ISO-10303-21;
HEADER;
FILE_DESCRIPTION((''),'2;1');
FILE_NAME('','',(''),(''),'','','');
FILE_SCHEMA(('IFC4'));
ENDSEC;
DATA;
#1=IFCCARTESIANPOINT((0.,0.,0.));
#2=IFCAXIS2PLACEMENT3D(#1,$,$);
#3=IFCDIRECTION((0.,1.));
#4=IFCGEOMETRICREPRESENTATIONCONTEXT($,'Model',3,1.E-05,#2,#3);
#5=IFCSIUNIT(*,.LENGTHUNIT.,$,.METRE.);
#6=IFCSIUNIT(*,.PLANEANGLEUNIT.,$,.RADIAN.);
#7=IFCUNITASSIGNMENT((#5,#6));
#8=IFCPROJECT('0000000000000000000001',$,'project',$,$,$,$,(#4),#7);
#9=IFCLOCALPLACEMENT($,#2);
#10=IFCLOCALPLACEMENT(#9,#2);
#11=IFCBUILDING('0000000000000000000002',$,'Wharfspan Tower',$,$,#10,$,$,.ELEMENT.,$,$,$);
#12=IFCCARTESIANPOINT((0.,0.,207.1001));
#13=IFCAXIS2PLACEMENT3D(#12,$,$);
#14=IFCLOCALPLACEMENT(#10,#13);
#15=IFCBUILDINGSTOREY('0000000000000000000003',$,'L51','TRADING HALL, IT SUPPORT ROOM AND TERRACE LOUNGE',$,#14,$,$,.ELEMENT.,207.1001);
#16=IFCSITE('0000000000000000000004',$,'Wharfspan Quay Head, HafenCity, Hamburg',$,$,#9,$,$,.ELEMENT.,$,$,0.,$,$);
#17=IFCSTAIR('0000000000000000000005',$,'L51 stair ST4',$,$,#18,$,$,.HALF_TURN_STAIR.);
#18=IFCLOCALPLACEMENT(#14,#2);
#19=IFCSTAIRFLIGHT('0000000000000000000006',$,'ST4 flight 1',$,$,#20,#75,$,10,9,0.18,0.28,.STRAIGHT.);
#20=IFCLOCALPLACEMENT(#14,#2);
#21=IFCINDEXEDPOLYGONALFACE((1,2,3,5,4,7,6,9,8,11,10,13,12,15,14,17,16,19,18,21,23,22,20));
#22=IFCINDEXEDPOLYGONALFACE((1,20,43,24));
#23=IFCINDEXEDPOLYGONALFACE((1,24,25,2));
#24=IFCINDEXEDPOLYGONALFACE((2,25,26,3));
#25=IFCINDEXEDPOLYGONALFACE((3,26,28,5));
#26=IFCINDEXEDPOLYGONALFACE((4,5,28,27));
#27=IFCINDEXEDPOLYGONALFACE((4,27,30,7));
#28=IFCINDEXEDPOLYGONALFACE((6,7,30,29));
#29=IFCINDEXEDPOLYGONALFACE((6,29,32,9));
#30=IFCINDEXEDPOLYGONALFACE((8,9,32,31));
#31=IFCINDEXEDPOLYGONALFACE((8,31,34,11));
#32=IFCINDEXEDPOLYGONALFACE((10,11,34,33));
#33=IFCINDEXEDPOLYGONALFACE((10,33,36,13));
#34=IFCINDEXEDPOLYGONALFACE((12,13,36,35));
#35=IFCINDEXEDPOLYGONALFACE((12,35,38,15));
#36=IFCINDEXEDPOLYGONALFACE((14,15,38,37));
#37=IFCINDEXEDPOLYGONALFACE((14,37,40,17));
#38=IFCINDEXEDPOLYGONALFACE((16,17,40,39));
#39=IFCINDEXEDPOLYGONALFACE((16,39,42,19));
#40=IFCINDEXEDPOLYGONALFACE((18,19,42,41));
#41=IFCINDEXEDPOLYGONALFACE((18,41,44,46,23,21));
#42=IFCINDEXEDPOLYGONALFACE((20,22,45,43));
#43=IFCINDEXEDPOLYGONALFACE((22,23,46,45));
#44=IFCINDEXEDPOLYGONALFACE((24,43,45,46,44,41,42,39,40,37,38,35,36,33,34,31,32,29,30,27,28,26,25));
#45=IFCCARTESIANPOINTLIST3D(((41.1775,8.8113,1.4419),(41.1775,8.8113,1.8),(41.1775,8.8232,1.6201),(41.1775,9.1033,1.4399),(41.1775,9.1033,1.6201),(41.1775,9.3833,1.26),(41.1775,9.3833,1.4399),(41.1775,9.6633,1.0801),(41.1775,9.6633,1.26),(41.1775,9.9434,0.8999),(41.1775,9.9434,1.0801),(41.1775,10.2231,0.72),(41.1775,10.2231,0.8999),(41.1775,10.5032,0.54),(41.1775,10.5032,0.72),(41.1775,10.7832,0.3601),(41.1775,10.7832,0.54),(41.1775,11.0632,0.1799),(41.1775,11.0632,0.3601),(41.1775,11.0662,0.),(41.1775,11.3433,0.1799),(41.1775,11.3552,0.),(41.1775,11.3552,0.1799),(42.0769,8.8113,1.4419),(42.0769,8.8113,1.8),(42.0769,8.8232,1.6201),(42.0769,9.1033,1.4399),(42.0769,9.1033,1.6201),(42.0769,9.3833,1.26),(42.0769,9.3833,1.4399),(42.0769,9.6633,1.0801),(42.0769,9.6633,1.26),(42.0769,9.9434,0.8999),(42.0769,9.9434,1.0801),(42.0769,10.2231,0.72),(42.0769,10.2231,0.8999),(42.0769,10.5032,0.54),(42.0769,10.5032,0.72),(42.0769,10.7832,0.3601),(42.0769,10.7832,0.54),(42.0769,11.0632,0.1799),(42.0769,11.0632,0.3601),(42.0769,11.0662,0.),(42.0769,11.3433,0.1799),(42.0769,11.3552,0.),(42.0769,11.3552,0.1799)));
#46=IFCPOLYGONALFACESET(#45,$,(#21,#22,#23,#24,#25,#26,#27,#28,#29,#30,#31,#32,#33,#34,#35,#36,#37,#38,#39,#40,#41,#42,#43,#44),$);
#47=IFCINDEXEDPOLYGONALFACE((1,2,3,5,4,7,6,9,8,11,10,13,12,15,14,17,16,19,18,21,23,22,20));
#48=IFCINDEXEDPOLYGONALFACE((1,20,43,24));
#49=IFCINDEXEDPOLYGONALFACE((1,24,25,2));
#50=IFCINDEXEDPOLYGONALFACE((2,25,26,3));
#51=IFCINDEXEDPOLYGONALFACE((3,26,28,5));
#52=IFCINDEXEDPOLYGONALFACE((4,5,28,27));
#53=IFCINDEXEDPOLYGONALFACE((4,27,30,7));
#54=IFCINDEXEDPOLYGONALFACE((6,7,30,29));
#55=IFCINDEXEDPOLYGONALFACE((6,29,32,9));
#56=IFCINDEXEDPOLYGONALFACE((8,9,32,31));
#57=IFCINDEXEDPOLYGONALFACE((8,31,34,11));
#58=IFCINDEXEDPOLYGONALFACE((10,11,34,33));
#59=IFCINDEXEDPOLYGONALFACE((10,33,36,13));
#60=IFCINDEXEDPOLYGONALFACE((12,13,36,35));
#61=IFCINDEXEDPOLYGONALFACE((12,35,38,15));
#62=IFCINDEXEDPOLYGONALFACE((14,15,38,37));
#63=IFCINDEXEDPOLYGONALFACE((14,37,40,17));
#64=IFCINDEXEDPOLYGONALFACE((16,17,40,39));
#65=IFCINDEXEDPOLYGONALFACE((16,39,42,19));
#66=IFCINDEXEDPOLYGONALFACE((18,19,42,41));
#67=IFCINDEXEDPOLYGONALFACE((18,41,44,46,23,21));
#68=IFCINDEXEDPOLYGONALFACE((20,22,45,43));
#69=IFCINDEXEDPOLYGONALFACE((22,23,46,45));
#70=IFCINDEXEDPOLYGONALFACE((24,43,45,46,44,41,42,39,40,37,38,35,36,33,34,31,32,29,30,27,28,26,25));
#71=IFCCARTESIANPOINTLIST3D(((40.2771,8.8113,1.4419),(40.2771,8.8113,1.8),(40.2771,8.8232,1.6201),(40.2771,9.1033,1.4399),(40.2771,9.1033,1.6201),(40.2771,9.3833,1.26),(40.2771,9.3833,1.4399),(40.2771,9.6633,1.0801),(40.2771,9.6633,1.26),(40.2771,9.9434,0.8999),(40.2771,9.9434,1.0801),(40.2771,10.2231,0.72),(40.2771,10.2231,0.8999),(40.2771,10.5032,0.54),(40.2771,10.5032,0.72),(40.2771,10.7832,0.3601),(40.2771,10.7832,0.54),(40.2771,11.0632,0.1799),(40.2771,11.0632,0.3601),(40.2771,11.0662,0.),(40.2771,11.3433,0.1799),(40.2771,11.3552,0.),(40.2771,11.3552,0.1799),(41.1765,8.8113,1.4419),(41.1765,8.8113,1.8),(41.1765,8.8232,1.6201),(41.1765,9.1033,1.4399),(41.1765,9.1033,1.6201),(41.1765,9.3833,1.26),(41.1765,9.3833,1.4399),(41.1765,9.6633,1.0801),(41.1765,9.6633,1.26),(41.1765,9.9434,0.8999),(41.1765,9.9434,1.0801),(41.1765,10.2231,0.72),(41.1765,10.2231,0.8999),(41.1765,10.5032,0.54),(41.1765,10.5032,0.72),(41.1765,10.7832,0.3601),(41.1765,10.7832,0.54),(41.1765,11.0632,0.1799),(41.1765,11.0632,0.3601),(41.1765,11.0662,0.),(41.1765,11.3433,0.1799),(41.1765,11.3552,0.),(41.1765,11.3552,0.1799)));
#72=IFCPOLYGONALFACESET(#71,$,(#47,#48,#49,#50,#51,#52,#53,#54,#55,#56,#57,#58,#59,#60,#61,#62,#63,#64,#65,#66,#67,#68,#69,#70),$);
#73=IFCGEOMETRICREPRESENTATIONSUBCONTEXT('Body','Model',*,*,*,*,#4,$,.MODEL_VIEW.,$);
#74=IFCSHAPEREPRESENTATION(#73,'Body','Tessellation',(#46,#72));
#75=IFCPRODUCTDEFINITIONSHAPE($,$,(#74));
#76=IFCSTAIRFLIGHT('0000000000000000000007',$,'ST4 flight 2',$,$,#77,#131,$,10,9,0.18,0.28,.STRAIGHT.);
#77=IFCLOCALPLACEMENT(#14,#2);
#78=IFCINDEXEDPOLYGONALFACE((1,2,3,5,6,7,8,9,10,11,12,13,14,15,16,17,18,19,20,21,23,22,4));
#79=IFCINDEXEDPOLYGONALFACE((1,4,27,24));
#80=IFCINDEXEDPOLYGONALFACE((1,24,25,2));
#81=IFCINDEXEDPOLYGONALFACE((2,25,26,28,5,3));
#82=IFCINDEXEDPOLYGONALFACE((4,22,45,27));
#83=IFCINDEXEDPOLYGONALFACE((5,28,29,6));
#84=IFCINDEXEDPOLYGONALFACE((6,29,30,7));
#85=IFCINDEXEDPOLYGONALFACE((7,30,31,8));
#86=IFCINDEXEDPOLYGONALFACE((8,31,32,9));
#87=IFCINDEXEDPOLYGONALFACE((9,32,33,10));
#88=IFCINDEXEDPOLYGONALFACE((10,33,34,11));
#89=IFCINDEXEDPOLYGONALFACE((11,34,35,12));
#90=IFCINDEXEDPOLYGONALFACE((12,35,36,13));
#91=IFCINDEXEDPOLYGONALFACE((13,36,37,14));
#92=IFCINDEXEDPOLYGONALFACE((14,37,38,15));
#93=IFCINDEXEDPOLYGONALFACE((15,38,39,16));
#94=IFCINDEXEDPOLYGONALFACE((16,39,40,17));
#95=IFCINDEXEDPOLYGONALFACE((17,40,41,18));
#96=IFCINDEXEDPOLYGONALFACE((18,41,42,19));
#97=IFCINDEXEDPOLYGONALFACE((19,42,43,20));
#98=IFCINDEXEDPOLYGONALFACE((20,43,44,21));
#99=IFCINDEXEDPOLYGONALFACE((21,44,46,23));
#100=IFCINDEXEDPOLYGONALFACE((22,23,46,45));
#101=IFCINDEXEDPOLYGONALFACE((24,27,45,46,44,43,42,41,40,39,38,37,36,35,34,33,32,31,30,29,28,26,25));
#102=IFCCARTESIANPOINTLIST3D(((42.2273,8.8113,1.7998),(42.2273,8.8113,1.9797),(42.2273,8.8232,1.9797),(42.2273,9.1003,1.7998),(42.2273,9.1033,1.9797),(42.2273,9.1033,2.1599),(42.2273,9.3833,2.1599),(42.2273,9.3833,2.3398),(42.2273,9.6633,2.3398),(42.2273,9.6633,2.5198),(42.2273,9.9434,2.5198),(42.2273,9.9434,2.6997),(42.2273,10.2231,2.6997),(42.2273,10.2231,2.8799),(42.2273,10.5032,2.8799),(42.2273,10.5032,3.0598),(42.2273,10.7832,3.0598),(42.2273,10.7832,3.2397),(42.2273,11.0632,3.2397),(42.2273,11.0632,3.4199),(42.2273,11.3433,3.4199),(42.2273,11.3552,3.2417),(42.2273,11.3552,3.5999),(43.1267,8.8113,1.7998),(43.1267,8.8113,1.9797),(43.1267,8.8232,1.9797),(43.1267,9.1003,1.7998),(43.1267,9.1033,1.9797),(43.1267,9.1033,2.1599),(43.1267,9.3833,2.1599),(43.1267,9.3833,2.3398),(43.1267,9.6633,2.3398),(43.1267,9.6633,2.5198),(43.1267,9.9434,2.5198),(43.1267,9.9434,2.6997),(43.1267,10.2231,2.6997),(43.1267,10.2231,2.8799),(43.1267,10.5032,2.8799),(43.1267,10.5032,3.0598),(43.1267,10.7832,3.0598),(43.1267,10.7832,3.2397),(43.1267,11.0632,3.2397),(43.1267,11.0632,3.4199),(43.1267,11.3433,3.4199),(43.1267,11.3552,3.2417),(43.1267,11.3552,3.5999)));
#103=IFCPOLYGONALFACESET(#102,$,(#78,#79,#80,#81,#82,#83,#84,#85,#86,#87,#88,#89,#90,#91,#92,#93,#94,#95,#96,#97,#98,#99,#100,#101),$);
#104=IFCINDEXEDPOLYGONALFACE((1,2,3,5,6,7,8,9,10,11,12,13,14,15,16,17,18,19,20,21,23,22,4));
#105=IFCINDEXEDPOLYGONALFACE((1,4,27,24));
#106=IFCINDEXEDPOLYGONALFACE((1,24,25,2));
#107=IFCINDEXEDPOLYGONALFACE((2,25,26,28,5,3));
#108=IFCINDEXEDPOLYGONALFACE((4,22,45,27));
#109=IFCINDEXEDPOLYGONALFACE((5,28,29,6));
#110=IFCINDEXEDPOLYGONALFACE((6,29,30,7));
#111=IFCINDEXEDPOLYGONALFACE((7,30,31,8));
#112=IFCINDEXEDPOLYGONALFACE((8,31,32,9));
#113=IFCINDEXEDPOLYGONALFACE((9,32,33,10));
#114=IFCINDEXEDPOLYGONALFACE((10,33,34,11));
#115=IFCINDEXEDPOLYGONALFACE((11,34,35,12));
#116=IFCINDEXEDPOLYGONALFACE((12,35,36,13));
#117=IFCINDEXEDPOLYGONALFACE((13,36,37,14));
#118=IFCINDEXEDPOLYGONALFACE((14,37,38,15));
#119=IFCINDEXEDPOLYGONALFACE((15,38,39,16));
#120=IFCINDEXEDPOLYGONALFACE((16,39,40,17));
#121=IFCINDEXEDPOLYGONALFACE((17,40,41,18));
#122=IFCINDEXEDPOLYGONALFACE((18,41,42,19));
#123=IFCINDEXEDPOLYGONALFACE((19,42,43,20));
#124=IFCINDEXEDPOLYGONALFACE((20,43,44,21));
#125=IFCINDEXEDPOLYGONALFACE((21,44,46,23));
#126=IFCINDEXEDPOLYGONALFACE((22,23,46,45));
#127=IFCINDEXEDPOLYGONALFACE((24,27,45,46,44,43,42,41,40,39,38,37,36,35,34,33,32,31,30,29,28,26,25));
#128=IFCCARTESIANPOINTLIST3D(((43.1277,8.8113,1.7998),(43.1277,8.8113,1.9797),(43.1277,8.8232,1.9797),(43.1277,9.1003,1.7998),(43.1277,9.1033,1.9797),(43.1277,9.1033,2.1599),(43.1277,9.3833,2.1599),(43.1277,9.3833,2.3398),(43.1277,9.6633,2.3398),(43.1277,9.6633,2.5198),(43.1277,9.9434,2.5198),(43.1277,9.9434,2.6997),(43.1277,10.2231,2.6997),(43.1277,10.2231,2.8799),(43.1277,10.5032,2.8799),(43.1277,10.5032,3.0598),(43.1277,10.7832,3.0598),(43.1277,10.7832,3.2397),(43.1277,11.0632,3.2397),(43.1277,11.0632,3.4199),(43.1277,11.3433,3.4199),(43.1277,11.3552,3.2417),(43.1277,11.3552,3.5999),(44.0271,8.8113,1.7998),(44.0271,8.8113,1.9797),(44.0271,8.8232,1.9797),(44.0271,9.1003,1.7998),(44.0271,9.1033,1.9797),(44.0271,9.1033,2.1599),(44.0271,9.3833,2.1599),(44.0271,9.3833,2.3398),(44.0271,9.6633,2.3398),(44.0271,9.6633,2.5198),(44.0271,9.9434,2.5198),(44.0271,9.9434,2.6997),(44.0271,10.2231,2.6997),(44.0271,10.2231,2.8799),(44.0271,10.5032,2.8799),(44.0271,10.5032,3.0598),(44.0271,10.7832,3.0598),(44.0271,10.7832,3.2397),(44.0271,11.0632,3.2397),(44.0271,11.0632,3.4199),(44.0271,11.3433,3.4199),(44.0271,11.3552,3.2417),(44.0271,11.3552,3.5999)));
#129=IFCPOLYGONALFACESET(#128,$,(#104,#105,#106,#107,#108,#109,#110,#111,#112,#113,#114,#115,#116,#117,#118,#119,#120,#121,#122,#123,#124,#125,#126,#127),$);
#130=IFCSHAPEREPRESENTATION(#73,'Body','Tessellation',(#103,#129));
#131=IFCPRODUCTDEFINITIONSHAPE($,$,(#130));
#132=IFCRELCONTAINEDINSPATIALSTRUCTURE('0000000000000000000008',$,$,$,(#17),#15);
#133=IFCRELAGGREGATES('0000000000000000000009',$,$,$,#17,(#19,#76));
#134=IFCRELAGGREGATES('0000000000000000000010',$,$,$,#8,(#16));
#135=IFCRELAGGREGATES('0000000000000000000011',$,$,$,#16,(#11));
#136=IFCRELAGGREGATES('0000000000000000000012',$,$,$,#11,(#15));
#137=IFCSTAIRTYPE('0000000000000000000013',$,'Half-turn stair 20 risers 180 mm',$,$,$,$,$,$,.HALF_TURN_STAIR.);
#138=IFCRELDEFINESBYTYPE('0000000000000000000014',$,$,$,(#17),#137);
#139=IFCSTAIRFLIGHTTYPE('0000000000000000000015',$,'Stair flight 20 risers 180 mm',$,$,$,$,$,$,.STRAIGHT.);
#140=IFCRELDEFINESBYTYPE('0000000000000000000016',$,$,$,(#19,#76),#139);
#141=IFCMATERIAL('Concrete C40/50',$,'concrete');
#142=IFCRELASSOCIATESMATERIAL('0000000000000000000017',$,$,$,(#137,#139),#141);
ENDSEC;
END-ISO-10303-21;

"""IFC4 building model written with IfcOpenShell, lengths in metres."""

from ifc_helpers import new_model, si_unit, direction, frame, origin, place, context, subcontext, project, spatial, polyline, outline, extrude, material, type_object, element, aggregate, save


model = new_model("IFC4")

# Units and contexts
model_context = context("Model", 3, precision=1e-05, world=origin(), true_north=direction((0.0, 1.0)))
body_context = subcontext(model_context, "Body", "Model", "MODEL_VIEW")
ifc_project = project(units=[si_unit("LENGTHUNIT", "METRE"), si_unit("PLANEANGLEUNIT", "RADIAN")], contexts=[model_context])

# Site, building, storey
site_placement = place(None, origin())
site = spatial("IfcSite", under=ifc_project, at=site_placement, Name="Wharfspan Quay Head, HafenCity, Hamburg", CompositionType="ELEMENT", RefElevation=0.0)
building_placement = place(site_placement, origin())
building = spatial("IfcBuilding", under=site, at=building_placement, Name="Wharfspan Tower", CompositionType="ELEMENT")
storey_placement = place(building_placement, frame((0.0, 0.0, 207.1001)))
storey = spatial("IfcBuildingStorey", under=building, at=storey_placement, Name="L51", Description="TRADING HALL, IT SUPPORT ROOM AND TERRACE LOUNGE", CompositionType="ELEMENT", Elevation=207.1001)

# Shared definitions
ifc_material_1 = material(Name="Concrete C40/50", Category="concrete")

# Stair, stair flights
stair_type = type_object("IfcStairType", Name="Half-turn stair 20 risers 180 mm", PredefinedType="HALF_TURN_STAIR", material=ifc_material_1)
stair_placement = place(storey_placement, origin())
stair = element("IfcStair", 1, at=stair_placement, inside=storey, type_object=stair_type, Name="L51 stair ST4", PredefinedType="HALF_TURN_STAIR")
stair_flight_type = type_object("IfcStairFlightType", Name="Stair flight 20 risers 180 mm", PredefinedType="STRAIGHT", material=ifc_material_1)
stair_flight_1_placement = place(storey_placement, frame((41.177, 11.3433, 0.0), z_axis=(0.0, 0.0, 1.0), x_axis=(0.0, -1.0, 0.0)))
stair_flight_1 = element("IfcStairFlight", 2, at=stair_flight_1_placement, type_object=stair_flight_type, Name="ST4 flight 1", NumberOfRisers=10, NumberOfTreads=9, PredefinedType="STRAIGHT", RiserHeight=0.18, TreadLength=0.28, context=body_context, shape_type="SweptSolid", body=[
    extrude(outline(polyline([(-0.012, 0.0), (-0.012, 0.1799), (0.0, 0.1799), (0.28, 0.1799), (0.28, 0.3601), (0.5601, 0.3601), (0.5601, 0.54), (0.8401, 0.54), (0.8401, 0.72), (1.1201, 0.72), (1.1201, 0.8999), (1.3999, 0.8999), (1.3999, 1.0801), (1.6799, 1.0801), (1.6799, 1.26), (1.96, 1.26), (1.96, 1.4399), (2.24, 1.4399), (2.24, 1.6201), (2.52, 1.6201), (2.532, 1.8), (2.532, 1.4419), (0.2771, 0.0), (-0.012, 0.0)])), frame((0.0, 0.8999, 0.0), z_axis=(0.0, -1.0, 0.0), x_axis=(1.0, 0.0, 0.0)), (0.0, 0.0, 1.0), 0.8994),
    extrude(outline(polyline([(-0.012, 0.0), (-0.012, 0.1799), (0.0, 0.1799), (0.28, 0.1799), (0.28, 0.3601), (0.5601, 0.3601), (0.5601, 0.54), (0.8401, 0.54), (0.8401, 0.72), (1.1201, 0.72), (1.1201, 0.8999), (1.3999, 0.8999), (1.3999, 1.0801), (1.6799, 1.0801), (1.6799, 1.26), (1.96, 1.26), (1.96, 1.4399), (2.24, 1.4399), (2.24, 1.6201), (2.52, 1.6201), (2.532, 1.8), (2.532, 1.4419), (0.2771, 0.0), (-0.012, 0.0)])), frame((0.0, -0.0005, 0.0), z_axis=(0.0, -1.0, 0.0), x_axis=(1.0, 0.0, 0.0)), (0.0, 0.0, 1.0), 0.8994),
])
stair_flight_2_placement = place(storey_placement, frame((43.1272, 8.8232, 1.7998), z_axis=(0.0, 0.0, 1.0), x_axis=(0.0, 1.0, 0.0)))
stair_flight_2 = element("IfcStairFlight", 3, at=stair_flight_2_placement, type_object=stair_flight_type, Name="ST4 flight 2", NumberOfRisers=10, NumberOfTreads=9, PredefinedType="STRAIGHT", RiserHeight=0.18, TreadLength=0.28, context=body_context, shape_type="SweptSolid", body=[
    extrude(outline(polyline([(-0.012, 0.0), (-0.012, 0.1799), (0.0, 0.1799), (0.28, 0.1799), (0.28, 0.3601), (0.5601, 0.3601), (0.5601, 0.54), (0.8401, 0.54), (0.8401, 0.72), (1.1201, 0.72), (1.1201, 0.8999), (1.3999, 0.8999), (1.3999, 1.0801), (1.6799, 1.0801), (1.6799, 1.26), (1.96, 1.26), (1.96, 1.4399), (2.24, 1.4399), (2.24, 1.6201), (2.52, 1.6201), (2.532, 1.8), (2.532, 1.4419), (0.2771, 0.0), (-0.012, 0.0)])), frame((0.0, 0.8999, 0.0), z_axis=(0.0, -1.0, 0.0), x_axis=(1.0, 0.0, 0.0)), (0.0, 0.0, 1.0), 0.8994),
    extrude(outline(polyline([(-0.012, 0.0), (-0.012, 0.1799), (0.0, 0.1799), (0.28, 0.1799), (0.28, 0.3601), (0.5601, 0.3601), (0.5601, 0.54), (0.8401, 0.54), (0.8401, 0.72), (1.1201, 0.72), (1.1201, 0.8999), (1.3999, 0.8999), (1.3999, 1.0801), (1.6799, 1.0801), (1.6799, 1.26), (1.96, 1.26), (1.96, 1.4399), (2.24, 1.4399), (2.24, 1.6201), (2.52, 1.6201), (2.532, 1.8), (2.532, 1.4419), (0.2771, 0.0), (-0.012, 0.0)])), frame((0.0, -0.0005, 0.0), z_axis=(0.0, -1.0, 0.0), x_axis=(1.0, 0.0, 0.0)), (0.0, 0.0, 1.0), 0.8994),
])
aggregate(stair, [stair_flight_1, stair_flight_2])

save(model, "model.ifc")
